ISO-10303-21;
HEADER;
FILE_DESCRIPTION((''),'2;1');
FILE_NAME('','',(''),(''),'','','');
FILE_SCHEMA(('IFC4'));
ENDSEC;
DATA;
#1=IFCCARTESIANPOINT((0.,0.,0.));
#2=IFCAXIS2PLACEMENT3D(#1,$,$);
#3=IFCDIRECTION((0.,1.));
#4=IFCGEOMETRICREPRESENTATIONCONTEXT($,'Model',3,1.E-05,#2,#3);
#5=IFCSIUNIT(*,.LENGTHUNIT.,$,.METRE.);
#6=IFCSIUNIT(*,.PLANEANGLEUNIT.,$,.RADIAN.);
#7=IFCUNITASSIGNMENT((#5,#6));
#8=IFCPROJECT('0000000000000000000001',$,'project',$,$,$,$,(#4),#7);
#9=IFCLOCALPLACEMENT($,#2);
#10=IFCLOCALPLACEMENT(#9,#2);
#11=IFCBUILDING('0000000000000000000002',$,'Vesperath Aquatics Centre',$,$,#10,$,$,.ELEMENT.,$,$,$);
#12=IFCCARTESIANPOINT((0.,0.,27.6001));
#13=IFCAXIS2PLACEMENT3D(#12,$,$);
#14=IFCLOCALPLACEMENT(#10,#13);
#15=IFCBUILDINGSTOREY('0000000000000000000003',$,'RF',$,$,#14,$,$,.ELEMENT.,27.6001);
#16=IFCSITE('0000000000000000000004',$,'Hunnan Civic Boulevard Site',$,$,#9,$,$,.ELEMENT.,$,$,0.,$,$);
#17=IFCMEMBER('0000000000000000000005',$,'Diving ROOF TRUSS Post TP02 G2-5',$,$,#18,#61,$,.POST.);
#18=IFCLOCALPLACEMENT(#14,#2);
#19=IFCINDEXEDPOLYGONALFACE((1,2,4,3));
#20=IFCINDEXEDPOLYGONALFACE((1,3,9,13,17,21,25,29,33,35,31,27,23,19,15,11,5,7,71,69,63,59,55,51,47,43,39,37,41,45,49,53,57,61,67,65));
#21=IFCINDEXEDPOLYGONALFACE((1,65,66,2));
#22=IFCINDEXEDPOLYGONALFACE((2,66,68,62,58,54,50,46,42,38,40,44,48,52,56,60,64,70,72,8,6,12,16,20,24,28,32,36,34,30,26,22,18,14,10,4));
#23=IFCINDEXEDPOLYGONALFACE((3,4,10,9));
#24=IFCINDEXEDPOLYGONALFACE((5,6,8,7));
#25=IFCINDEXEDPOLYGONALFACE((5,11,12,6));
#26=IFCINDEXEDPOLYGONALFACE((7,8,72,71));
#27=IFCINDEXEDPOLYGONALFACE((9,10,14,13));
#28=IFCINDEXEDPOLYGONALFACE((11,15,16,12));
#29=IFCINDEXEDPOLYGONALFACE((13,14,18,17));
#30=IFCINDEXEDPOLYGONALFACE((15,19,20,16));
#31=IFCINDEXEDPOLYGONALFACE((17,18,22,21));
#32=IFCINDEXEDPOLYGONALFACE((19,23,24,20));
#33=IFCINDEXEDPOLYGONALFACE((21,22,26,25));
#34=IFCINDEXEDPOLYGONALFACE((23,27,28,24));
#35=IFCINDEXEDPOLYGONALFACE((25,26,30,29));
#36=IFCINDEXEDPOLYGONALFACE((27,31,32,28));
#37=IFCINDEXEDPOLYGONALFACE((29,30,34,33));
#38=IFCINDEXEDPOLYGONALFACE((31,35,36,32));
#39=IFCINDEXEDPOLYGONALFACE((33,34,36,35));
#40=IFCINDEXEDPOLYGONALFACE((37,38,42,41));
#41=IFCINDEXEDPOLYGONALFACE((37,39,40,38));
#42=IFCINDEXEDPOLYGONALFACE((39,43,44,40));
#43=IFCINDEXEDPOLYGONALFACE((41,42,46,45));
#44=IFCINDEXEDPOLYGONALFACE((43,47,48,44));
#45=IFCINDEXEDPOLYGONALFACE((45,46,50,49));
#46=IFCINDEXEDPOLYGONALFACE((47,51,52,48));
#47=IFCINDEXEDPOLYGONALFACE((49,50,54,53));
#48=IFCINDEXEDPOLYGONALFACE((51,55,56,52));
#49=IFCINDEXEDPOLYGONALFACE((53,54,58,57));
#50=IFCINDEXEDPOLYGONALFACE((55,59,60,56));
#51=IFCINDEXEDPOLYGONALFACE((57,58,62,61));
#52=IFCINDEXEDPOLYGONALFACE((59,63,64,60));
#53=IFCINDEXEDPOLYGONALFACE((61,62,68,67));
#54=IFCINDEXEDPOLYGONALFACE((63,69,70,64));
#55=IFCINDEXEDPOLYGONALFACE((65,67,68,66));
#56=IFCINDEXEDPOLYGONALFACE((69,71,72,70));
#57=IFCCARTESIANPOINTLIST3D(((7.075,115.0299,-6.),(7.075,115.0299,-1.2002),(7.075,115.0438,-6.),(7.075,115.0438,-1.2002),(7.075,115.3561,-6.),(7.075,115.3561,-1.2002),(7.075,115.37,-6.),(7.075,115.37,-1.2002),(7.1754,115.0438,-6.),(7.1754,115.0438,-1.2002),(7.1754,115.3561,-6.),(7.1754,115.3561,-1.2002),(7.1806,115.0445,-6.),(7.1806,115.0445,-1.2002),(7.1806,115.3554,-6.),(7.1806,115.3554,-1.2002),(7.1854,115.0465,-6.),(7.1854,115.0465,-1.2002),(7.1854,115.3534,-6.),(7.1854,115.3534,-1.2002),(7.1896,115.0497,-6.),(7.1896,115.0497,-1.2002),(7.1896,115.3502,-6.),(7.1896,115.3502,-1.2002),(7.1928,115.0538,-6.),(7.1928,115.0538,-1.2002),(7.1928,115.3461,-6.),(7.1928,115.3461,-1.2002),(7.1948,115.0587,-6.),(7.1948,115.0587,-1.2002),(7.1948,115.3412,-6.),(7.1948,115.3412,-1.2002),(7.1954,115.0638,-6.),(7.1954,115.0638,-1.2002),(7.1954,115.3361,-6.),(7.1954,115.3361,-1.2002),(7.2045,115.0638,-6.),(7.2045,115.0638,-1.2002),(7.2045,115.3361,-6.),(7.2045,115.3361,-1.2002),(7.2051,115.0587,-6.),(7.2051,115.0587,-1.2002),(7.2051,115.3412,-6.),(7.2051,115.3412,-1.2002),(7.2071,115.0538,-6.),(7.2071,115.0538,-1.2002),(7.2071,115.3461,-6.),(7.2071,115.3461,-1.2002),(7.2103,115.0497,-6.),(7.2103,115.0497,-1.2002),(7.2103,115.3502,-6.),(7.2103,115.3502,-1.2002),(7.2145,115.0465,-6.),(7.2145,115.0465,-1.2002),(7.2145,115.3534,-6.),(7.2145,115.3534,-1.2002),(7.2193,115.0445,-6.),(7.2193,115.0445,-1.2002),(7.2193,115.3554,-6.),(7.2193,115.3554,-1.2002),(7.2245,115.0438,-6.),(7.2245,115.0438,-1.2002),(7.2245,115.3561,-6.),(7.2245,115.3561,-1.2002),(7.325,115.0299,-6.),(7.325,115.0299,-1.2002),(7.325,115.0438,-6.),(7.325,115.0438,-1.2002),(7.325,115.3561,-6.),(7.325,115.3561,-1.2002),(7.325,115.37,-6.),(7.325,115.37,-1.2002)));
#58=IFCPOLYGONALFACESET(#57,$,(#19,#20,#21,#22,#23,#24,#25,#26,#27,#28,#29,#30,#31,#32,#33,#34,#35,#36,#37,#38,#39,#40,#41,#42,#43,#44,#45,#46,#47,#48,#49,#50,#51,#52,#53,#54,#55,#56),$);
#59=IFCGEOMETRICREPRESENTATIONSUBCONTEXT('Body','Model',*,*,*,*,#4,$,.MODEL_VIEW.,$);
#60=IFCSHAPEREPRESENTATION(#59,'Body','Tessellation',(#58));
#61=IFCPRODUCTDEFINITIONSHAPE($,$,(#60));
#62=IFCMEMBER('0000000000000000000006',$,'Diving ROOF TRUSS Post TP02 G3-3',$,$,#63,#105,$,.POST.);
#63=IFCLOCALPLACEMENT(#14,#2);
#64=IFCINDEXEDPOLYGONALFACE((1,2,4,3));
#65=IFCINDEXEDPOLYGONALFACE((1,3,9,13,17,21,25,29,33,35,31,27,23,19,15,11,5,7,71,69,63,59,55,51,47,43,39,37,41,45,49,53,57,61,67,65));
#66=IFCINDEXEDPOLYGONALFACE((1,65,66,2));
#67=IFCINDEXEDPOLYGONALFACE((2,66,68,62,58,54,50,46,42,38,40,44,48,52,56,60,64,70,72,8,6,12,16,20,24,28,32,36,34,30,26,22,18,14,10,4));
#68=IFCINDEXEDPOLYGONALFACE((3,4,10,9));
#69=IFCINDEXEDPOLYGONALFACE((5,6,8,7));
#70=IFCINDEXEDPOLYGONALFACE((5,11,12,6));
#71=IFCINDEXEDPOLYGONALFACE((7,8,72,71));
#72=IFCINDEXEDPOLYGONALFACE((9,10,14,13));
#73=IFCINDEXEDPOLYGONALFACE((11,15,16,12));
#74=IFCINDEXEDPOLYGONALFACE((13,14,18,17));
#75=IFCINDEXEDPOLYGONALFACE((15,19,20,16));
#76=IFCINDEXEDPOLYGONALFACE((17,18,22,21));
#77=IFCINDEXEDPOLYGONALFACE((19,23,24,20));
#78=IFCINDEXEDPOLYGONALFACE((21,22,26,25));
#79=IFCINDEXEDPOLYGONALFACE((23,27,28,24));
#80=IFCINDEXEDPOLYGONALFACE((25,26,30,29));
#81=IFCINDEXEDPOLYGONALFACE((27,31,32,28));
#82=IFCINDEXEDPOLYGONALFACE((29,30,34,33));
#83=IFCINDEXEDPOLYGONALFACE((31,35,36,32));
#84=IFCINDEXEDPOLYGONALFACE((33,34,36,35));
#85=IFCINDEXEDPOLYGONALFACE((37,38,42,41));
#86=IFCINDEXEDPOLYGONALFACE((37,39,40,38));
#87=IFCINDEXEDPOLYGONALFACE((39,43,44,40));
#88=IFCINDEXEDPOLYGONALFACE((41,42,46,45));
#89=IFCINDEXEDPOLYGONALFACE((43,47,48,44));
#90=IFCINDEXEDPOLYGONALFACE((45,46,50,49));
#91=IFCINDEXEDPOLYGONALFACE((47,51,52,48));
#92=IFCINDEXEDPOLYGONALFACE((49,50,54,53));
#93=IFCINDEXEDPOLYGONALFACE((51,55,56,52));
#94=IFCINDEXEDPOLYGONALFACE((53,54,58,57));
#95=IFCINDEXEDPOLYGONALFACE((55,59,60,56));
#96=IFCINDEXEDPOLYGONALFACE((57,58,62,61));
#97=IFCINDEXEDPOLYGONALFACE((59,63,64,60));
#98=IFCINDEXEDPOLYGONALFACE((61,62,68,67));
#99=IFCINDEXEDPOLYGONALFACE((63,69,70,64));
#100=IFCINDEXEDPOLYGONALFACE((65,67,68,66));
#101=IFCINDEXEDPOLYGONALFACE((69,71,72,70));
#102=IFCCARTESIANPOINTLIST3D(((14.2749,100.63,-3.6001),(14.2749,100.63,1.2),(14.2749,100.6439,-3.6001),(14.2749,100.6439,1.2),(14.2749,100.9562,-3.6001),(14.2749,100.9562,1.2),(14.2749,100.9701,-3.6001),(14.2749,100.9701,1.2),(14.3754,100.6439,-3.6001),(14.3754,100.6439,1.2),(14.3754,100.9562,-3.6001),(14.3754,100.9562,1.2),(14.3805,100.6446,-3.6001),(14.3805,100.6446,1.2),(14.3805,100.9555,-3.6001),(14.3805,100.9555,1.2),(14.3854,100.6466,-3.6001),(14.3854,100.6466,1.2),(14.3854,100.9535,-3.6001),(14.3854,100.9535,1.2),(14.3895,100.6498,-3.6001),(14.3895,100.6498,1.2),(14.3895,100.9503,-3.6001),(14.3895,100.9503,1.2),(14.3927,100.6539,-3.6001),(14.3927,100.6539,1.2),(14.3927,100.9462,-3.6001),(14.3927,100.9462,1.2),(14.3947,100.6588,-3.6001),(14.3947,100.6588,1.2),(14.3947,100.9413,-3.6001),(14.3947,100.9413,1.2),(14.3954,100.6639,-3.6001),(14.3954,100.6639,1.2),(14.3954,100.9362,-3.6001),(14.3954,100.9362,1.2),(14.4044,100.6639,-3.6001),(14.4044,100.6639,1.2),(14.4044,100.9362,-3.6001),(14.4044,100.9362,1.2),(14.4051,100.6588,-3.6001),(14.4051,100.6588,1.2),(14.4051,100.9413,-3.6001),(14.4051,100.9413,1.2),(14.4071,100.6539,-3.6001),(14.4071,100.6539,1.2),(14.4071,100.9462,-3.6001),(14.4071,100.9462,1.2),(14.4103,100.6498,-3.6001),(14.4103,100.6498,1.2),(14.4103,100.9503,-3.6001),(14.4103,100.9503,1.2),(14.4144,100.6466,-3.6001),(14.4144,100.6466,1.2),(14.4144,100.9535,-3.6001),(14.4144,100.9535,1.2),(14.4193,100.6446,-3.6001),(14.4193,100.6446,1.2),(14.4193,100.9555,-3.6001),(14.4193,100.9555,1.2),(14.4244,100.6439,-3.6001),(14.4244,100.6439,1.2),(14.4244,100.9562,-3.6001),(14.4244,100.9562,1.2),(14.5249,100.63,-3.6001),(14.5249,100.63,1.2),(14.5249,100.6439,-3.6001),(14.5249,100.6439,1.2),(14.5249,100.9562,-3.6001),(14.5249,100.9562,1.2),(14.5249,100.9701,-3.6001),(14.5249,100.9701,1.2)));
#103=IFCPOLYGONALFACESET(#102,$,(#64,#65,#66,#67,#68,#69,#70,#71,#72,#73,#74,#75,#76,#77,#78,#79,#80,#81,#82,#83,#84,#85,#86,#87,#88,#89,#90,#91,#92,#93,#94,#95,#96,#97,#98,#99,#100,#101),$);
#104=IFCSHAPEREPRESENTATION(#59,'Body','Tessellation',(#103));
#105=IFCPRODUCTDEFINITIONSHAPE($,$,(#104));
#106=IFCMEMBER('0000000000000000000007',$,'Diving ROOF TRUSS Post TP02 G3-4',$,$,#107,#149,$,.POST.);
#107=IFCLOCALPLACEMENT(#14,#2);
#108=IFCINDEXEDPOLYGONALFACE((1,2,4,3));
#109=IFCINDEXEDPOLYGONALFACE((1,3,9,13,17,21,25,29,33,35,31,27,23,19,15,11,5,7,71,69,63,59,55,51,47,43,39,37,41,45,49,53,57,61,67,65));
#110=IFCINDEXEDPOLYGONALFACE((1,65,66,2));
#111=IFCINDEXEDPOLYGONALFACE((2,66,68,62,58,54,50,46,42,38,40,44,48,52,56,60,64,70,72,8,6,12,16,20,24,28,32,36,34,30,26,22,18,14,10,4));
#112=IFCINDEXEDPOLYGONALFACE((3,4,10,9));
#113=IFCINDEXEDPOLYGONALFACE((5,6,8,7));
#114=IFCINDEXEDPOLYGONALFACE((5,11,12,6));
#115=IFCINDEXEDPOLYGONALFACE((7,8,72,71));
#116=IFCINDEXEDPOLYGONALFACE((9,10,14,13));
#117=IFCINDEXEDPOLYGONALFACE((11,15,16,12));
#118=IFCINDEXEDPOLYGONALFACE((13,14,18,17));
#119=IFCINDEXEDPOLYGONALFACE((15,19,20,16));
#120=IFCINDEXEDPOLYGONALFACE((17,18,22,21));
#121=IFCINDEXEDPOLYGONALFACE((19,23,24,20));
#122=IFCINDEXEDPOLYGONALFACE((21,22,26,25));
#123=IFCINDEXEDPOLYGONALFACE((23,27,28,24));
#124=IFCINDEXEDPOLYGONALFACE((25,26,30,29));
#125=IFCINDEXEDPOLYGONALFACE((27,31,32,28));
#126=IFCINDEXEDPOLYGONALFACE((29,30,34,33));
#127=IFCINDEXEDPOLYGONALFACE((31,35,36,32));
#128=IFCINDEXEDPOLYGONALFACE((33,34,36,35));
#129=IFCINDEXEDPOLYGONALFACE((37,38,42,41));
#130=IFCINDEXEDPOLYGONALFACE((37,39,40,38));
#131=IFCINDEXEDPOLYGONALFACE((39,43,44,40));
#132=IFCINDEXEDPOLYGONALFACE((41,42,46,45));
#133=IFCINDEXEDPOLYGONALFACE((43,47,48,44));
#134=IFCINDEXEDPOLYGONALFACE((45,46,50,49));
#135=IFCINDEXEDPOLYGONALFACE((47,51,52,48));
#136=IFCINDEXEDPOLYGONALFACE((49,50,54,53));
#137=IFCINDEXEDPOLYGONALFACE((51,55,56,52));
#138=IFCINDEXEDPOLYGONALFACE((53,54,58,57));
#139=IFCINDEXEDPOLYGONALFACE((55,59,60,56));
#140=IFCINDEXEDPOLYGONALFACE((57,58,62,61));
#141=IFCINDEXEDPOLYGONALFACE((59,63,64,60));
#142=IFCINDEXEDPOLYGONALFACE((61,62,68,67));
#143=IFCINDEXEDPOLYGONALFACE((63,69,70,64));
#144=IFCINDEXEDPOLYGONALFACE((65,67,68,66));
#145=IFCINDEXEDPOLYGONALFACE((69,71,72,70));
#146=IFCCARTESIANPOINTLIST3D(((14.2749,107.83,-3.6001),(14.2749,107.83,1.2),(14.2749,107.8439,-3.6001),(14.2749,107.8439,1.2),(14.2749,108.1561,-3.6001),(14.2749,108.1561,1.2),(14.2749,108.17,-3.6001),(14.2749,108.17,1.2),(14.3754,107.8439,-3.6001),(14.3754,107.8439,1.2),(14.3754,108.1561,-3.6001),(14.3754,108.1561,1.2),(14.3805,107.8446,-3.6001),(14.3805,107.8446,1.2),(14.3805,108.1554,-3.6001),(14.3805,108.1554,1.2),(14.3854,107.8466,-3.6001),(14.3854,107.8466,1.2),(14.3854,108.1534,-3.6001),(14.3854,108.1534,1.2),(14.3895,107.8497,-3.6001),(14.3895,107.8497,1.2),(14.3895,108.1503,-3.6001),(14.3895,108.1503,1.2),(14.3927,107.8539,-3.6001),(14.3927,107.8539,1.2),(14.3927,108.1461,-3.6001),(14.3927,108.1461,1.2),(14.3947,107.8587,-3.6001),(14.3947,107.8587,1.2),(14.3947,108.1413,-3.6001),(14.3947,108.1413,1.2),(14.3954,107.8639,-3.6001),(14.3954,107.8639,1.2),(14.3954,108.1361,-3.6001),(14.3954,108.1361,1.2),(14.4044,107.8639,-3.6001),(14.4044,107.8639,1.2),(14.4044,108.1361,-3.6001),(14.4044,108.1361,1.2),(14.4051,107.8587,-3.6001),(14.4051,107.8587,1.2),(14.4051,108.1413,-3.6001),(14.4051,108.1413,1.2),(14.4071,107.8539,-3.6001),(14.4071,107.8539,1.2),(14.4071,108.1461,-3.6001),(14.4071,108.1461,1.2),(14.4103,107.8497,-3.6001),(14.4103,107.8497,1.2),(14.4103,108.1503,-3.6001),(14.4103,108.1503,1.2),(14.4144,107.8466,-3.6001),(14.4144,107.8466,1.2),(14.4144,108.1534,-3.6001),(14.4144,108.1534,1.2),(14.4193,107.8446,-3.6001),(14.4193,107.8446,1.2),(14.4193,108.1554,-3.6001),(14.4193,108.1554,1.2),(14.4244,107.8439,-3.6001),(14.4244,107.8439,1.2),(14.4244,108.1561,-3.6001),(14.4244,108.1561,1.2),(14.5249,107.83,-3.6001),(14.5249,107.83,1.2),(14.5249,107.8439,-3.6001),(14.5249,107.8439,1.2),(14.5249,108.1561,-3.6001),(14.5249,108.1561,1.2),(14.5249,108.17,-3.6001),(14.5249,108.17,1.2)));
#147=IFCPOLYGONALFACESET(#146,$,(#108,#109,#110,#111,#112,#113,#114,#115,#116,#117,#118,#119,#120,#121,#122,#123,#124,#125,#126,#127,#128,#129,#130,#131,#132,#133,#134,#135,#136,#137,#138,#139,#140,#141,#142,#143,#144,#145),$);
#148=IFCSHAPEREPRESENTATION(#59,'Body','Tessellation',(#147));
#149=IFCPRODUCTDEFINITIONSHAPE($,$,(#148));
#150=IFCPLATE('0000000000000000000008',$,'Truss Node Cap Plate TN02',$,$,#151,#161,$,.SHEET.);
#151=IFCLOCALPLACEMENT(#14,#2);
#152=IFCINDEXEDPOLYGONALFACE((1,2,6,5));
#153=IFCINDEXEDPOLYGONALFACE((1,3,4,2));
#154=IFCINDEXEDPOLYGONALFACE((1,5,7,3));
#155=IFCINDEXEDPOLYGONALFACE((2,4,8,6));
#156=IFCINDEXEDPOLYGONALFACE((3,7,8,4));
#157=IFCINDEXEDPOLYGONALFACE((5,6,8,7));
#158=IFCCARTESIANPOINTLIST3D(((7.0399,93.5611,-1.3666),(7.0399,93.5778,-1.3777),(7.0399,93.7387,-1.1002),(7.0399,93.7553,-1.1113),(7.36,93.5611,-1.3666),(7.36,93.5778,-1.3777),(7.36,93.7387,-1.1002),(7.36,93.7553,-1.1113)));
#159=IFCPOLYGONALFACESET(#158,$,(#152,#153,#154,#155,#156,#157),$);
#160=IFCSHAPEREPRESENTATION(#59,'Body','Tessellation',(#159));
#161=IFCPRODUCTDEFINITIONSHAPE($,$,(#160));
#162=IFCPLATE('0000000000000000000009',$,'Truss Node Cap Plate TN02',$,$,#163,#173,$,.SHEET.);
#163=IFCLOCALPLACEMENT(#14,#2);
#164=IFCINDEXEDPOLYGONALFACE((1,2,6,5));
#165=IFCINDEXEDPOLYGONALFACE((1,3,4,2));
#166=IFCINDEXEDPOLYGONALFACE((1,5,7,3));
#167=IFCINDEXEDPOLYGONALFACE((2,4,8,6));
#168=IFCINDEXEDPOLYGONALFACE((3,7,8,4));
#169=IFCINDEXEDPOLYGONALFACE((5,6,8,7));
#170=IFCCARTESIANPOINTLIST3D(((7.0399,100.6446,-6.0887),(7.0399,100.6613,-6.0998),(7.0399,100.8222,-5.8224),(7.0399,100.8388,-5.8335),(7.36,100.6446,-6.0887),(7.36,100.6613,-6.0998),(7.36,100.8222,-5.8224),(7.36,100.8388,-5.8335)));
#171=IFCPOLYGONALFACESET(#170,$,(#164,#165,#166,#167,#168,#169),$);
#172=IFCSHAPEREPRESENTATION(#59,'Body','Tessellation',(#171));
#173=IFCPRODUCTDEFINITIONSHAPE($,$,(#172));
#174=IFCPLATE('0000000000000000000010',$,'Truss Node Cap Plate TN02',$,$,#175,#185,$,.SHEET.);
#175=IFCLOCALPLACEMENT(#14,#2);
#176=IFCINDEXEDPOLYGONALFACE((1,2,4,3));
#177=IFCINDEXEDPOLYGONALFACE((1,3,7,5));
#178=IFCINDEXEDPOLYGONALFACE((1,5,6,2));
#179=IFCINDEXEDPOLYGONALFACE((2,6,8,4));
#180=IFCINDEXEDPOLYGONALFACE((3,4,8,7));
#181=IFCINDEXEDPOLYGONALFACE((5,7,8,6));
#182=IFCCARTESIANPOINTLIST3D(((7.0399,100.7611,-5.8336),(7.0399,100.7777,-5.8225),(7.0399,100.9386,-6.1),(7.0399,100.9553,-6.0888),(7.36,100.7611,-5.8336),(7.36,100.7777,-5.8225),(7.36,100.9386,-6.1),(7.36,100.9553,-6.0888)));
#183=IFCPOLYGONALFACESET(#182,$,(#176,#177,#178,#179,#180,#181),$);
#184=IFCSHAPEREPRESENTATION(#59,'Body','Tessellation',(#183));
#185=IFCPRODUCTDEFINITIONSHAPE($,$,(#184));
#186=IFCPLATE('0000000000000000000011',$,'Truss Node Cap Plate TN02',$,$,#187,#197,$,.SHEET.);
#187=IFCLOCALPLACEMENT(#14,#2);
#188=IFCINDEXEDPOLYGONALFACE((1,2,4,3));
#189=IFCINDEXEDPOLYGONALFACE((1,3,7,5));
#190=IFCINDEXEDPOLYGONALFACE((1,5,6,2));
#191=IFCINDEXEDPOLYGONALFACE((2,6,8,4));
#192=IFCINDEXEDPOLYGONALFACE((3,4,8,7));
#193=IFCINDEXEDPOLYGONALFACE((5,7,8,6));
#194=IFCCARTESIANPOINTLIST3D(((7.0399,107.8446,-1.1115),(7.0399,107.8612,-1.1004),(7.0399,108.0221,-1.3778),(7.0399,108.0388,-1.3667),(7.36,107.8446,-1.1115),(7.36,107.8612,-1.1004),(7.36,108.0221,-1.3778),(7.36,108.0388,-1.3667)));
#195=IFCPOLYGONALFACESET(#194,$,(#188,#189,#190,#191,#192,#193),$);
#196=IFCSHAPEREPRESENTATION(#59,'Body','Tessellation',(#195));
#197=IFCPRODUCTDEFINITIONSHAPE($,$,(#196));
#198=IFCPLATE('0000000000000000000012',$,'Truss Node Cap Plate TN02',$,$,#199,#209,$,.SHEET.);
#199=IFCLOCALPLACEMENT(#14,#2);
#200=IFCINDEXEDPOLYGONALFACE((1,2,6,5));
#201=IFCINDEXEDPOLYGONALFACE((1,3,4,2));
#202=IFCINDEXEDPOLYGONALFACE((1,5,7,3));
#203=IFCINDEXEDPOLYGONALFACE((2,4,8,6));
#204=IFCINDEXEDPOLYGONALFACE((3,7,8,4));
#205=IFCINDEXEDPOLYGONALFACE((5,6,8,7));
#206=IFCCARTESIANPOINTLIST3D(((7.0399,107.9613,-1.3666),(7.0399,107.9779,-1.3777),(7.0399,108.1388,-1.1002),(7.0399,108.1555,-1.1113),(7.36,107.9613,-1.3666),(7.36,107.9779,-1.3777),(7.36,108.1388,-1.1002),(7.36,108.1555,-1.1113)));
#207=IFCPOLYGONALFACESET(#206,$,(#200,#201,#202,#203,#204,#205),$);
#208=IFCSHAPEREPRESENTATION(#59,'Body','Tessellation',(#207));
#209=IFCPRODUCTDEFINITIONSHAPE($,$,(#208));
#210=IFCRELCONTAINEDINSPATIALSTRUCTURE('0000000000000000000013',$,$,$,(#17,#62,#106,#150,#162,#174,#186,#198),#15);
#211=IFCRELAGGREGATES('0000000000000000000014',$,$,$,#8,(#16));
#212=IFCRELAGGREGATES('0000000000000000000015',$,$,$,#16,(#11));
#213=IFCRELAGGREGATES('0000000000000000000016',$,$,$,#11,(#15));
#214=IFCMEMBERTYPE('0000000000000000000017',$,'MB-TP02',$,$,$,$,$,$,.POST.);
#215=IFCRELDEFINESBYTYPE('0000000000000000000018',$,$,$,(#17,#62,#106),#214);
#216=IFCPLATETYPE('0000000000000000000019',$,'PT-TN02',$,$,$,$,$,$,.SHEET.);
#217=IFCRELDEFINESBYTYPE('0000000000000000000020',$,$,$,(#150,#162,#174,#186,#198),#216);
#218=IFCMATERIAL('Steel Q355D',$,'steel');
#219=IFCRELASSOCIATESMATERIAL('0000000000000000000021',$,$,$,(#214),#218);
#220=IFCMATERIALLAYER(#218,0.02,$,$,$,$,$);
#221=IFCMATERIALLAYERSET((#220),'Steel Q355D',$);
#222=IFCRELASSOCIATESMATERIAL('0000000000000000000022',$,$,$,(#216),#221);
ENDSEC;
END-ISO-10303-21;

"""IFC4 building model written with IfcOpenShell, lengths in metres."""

from ifc_helpers import new_model, si_unit, direction, frame, origin, origin_2d, place, context, subcontext, project, spatial, rectangle, i_section, extrude, material, layer, layer_set, material_profile, profile_set, type_object, element, save


model = new_model("IFC4")

# Units and contexts
model_context = context("Model", 3, precision=1e-05, world=origin(), true_north=direction((0.0, 1.0)))
body_context = subcontext(model_context, "Body", "Model", "MODEL_VIEW")
ifc_project = project(units=[si_unit("LENGTHUNIT", "METRE"), si_unit("PLANEANGLEUNIT", "RADIAN")], contexts=[model_context])

# Site, building, storey
site_placement = place(None, origin())
site = spatial("IfcSite", under=ifc_project, at=site_placement, Name="Hunnan Civic Boulevard Site", CompositionType="ELEMENT", RefElevation=0.0)
building_placement = place(site_placement, origin())
building = spatial("IfcBuilding", under=site, at=building_placement, Name="Vesperath Aquatics Centre", CompositionType="ELEMENT")
storey_placement = place(building_placement, frame((0.0, 0.0, 27.6001)))
storey = spatial("IfcBuildingStorey", under=building, at=storey_placement, Name="RF", CompositionType="ELEMENT", Elevation=27.6001)

# Members
ifc_material_1 = material(Name="Steel Q355D", Category="steel")
ifc_material_profile_1 = material_profile(ifc_material_1, i_section(OverallWidth=0.25, OverallDepth=0.3401, WebThickness=0.009, FlangeThickness=0.0139, FilletRadius=0.02, at=origin_2d()), Name="HM 340x250x9x14")
ifc_profile_set_1 = profile_set([ifc_material_profile_1], Name="Steel Q355D")
member_type_1 = type_object("IfcMemberType", Name="MB-TP02", PredefinedType="POST", material=ifc_profile_set_1)
for number, where, z_axis, x_axis, name in (
    (1, (7.2, 115.2, -6.0), (0.0, 0.0, 1.0), (1.0, 0.0, 0.0), "Diving ROOF TRUSS Post TP02 G2-5"),
):
    element("IfcMember", number, at=place(storey_placement, frame(where, z_axis=z_axis, x_axis=x_axis)), inside=storey, type_object=member_type_1, Name=name, PredefinedType="POST", context=body_context, shape_type="SweptSolid", body=[
        extrude(i_section(OverallWidth=0.25, OverallDepth=0.3401, WebThickness=0.009, FlangeThickness=0.0139, FilletRadius=0.02, at=origin_2d()), origin(), (0.0, 0.0, 1.0), 4.7998),
    ])
for number, where, z_axis, x_axis, name in (
    (2, (14.3999, 100.8, -3.6001), (0.0, 0.0, 1.0), (1.0, 0.0, 0.0), "Diving ROOF TRUSS Post TP02 G3-3"),
    (3, (14.3999, 108.0, -3.6001), (0.0, 0.0, 1.0), (1.0, 0.0, 0.0), "Diving ROOF TRUSS Post TP02 G3-4"),
):
    element("IfcMember", number, at=place(storey_placement, frame(where, z_axis=z_axis, x_axis=x_axis)), inside=storey, type_object=member_type_1, Name=name, PredefinedType="POST", context=body_context, shape_type="SweptSolid", body=[
        extrude(i_section(OverallWidth=0.25, OverallDepth=0.3401, WebThickness=0.009, FlangeThickness=0.0139, FilletRadius=0.02, at=origin_2d()), origin(), (0.0, 0.0, 1.0), 4.8),
    ])

# Plates
ifc_layer = layer(ifc_material_1, 0.02)
ifc_layer_set = layer_set([ifc_layer], Name="Steel Q355D")
plate_type = type_object("IfcPlateType", Name="PT-TN02", PredefinedType="SHEET", material=ifc_layer_set)
for number, where, z_axis, x_axis, name in (
    (4, (7.2, 93.6499, -1.2334), (0.0, 0.83205, -0.5547), (-1.0, 0.0, 0.0), "Truss Node Cap Plate TN02"),
    (5, (7.2, 100.7334, -5.9556), (0.0, 0.83205, -0.5547), (-1.0, 0.0, 0.0), "Truss Node Cap Plate TN02"),
    (6, (7.2, 100.8499, -5.9668), (0.0, 0.83205, 0.5547), (-1.0, 0.0, 0.0), "Truss Node Cap Plate TN02"),
    (7, (7.2, 107.9333, -1.2446), (0.0, 0.83205, 0.5547), (-1.0, 0.0, 0.0), "Truss Node Cap Plate TN02"),
    (8, (7.2, 108.05, -1.2334), (0.0, 0.83205, -0.5547), (-1.0, 0.0, 0.0), "Truss Node Cap Plate TN02"),
):
    element("IfcPlate", number, at=place(storey_placement, frame(where, z_axis=z_axis, x_axis=x_axis)), inside=storey, type_object=plate_type, Name=name, PredefinedType="SHEET", context=body_context, shape_type="SweptSolid", body=[
        extrude(rectangle(XDim=0.3201, YDim=0.3201, at=origin_2d()), origin(), (0.0, 0.0, 1.0), 0.02),
    ])

save(model, "model.ifc")
